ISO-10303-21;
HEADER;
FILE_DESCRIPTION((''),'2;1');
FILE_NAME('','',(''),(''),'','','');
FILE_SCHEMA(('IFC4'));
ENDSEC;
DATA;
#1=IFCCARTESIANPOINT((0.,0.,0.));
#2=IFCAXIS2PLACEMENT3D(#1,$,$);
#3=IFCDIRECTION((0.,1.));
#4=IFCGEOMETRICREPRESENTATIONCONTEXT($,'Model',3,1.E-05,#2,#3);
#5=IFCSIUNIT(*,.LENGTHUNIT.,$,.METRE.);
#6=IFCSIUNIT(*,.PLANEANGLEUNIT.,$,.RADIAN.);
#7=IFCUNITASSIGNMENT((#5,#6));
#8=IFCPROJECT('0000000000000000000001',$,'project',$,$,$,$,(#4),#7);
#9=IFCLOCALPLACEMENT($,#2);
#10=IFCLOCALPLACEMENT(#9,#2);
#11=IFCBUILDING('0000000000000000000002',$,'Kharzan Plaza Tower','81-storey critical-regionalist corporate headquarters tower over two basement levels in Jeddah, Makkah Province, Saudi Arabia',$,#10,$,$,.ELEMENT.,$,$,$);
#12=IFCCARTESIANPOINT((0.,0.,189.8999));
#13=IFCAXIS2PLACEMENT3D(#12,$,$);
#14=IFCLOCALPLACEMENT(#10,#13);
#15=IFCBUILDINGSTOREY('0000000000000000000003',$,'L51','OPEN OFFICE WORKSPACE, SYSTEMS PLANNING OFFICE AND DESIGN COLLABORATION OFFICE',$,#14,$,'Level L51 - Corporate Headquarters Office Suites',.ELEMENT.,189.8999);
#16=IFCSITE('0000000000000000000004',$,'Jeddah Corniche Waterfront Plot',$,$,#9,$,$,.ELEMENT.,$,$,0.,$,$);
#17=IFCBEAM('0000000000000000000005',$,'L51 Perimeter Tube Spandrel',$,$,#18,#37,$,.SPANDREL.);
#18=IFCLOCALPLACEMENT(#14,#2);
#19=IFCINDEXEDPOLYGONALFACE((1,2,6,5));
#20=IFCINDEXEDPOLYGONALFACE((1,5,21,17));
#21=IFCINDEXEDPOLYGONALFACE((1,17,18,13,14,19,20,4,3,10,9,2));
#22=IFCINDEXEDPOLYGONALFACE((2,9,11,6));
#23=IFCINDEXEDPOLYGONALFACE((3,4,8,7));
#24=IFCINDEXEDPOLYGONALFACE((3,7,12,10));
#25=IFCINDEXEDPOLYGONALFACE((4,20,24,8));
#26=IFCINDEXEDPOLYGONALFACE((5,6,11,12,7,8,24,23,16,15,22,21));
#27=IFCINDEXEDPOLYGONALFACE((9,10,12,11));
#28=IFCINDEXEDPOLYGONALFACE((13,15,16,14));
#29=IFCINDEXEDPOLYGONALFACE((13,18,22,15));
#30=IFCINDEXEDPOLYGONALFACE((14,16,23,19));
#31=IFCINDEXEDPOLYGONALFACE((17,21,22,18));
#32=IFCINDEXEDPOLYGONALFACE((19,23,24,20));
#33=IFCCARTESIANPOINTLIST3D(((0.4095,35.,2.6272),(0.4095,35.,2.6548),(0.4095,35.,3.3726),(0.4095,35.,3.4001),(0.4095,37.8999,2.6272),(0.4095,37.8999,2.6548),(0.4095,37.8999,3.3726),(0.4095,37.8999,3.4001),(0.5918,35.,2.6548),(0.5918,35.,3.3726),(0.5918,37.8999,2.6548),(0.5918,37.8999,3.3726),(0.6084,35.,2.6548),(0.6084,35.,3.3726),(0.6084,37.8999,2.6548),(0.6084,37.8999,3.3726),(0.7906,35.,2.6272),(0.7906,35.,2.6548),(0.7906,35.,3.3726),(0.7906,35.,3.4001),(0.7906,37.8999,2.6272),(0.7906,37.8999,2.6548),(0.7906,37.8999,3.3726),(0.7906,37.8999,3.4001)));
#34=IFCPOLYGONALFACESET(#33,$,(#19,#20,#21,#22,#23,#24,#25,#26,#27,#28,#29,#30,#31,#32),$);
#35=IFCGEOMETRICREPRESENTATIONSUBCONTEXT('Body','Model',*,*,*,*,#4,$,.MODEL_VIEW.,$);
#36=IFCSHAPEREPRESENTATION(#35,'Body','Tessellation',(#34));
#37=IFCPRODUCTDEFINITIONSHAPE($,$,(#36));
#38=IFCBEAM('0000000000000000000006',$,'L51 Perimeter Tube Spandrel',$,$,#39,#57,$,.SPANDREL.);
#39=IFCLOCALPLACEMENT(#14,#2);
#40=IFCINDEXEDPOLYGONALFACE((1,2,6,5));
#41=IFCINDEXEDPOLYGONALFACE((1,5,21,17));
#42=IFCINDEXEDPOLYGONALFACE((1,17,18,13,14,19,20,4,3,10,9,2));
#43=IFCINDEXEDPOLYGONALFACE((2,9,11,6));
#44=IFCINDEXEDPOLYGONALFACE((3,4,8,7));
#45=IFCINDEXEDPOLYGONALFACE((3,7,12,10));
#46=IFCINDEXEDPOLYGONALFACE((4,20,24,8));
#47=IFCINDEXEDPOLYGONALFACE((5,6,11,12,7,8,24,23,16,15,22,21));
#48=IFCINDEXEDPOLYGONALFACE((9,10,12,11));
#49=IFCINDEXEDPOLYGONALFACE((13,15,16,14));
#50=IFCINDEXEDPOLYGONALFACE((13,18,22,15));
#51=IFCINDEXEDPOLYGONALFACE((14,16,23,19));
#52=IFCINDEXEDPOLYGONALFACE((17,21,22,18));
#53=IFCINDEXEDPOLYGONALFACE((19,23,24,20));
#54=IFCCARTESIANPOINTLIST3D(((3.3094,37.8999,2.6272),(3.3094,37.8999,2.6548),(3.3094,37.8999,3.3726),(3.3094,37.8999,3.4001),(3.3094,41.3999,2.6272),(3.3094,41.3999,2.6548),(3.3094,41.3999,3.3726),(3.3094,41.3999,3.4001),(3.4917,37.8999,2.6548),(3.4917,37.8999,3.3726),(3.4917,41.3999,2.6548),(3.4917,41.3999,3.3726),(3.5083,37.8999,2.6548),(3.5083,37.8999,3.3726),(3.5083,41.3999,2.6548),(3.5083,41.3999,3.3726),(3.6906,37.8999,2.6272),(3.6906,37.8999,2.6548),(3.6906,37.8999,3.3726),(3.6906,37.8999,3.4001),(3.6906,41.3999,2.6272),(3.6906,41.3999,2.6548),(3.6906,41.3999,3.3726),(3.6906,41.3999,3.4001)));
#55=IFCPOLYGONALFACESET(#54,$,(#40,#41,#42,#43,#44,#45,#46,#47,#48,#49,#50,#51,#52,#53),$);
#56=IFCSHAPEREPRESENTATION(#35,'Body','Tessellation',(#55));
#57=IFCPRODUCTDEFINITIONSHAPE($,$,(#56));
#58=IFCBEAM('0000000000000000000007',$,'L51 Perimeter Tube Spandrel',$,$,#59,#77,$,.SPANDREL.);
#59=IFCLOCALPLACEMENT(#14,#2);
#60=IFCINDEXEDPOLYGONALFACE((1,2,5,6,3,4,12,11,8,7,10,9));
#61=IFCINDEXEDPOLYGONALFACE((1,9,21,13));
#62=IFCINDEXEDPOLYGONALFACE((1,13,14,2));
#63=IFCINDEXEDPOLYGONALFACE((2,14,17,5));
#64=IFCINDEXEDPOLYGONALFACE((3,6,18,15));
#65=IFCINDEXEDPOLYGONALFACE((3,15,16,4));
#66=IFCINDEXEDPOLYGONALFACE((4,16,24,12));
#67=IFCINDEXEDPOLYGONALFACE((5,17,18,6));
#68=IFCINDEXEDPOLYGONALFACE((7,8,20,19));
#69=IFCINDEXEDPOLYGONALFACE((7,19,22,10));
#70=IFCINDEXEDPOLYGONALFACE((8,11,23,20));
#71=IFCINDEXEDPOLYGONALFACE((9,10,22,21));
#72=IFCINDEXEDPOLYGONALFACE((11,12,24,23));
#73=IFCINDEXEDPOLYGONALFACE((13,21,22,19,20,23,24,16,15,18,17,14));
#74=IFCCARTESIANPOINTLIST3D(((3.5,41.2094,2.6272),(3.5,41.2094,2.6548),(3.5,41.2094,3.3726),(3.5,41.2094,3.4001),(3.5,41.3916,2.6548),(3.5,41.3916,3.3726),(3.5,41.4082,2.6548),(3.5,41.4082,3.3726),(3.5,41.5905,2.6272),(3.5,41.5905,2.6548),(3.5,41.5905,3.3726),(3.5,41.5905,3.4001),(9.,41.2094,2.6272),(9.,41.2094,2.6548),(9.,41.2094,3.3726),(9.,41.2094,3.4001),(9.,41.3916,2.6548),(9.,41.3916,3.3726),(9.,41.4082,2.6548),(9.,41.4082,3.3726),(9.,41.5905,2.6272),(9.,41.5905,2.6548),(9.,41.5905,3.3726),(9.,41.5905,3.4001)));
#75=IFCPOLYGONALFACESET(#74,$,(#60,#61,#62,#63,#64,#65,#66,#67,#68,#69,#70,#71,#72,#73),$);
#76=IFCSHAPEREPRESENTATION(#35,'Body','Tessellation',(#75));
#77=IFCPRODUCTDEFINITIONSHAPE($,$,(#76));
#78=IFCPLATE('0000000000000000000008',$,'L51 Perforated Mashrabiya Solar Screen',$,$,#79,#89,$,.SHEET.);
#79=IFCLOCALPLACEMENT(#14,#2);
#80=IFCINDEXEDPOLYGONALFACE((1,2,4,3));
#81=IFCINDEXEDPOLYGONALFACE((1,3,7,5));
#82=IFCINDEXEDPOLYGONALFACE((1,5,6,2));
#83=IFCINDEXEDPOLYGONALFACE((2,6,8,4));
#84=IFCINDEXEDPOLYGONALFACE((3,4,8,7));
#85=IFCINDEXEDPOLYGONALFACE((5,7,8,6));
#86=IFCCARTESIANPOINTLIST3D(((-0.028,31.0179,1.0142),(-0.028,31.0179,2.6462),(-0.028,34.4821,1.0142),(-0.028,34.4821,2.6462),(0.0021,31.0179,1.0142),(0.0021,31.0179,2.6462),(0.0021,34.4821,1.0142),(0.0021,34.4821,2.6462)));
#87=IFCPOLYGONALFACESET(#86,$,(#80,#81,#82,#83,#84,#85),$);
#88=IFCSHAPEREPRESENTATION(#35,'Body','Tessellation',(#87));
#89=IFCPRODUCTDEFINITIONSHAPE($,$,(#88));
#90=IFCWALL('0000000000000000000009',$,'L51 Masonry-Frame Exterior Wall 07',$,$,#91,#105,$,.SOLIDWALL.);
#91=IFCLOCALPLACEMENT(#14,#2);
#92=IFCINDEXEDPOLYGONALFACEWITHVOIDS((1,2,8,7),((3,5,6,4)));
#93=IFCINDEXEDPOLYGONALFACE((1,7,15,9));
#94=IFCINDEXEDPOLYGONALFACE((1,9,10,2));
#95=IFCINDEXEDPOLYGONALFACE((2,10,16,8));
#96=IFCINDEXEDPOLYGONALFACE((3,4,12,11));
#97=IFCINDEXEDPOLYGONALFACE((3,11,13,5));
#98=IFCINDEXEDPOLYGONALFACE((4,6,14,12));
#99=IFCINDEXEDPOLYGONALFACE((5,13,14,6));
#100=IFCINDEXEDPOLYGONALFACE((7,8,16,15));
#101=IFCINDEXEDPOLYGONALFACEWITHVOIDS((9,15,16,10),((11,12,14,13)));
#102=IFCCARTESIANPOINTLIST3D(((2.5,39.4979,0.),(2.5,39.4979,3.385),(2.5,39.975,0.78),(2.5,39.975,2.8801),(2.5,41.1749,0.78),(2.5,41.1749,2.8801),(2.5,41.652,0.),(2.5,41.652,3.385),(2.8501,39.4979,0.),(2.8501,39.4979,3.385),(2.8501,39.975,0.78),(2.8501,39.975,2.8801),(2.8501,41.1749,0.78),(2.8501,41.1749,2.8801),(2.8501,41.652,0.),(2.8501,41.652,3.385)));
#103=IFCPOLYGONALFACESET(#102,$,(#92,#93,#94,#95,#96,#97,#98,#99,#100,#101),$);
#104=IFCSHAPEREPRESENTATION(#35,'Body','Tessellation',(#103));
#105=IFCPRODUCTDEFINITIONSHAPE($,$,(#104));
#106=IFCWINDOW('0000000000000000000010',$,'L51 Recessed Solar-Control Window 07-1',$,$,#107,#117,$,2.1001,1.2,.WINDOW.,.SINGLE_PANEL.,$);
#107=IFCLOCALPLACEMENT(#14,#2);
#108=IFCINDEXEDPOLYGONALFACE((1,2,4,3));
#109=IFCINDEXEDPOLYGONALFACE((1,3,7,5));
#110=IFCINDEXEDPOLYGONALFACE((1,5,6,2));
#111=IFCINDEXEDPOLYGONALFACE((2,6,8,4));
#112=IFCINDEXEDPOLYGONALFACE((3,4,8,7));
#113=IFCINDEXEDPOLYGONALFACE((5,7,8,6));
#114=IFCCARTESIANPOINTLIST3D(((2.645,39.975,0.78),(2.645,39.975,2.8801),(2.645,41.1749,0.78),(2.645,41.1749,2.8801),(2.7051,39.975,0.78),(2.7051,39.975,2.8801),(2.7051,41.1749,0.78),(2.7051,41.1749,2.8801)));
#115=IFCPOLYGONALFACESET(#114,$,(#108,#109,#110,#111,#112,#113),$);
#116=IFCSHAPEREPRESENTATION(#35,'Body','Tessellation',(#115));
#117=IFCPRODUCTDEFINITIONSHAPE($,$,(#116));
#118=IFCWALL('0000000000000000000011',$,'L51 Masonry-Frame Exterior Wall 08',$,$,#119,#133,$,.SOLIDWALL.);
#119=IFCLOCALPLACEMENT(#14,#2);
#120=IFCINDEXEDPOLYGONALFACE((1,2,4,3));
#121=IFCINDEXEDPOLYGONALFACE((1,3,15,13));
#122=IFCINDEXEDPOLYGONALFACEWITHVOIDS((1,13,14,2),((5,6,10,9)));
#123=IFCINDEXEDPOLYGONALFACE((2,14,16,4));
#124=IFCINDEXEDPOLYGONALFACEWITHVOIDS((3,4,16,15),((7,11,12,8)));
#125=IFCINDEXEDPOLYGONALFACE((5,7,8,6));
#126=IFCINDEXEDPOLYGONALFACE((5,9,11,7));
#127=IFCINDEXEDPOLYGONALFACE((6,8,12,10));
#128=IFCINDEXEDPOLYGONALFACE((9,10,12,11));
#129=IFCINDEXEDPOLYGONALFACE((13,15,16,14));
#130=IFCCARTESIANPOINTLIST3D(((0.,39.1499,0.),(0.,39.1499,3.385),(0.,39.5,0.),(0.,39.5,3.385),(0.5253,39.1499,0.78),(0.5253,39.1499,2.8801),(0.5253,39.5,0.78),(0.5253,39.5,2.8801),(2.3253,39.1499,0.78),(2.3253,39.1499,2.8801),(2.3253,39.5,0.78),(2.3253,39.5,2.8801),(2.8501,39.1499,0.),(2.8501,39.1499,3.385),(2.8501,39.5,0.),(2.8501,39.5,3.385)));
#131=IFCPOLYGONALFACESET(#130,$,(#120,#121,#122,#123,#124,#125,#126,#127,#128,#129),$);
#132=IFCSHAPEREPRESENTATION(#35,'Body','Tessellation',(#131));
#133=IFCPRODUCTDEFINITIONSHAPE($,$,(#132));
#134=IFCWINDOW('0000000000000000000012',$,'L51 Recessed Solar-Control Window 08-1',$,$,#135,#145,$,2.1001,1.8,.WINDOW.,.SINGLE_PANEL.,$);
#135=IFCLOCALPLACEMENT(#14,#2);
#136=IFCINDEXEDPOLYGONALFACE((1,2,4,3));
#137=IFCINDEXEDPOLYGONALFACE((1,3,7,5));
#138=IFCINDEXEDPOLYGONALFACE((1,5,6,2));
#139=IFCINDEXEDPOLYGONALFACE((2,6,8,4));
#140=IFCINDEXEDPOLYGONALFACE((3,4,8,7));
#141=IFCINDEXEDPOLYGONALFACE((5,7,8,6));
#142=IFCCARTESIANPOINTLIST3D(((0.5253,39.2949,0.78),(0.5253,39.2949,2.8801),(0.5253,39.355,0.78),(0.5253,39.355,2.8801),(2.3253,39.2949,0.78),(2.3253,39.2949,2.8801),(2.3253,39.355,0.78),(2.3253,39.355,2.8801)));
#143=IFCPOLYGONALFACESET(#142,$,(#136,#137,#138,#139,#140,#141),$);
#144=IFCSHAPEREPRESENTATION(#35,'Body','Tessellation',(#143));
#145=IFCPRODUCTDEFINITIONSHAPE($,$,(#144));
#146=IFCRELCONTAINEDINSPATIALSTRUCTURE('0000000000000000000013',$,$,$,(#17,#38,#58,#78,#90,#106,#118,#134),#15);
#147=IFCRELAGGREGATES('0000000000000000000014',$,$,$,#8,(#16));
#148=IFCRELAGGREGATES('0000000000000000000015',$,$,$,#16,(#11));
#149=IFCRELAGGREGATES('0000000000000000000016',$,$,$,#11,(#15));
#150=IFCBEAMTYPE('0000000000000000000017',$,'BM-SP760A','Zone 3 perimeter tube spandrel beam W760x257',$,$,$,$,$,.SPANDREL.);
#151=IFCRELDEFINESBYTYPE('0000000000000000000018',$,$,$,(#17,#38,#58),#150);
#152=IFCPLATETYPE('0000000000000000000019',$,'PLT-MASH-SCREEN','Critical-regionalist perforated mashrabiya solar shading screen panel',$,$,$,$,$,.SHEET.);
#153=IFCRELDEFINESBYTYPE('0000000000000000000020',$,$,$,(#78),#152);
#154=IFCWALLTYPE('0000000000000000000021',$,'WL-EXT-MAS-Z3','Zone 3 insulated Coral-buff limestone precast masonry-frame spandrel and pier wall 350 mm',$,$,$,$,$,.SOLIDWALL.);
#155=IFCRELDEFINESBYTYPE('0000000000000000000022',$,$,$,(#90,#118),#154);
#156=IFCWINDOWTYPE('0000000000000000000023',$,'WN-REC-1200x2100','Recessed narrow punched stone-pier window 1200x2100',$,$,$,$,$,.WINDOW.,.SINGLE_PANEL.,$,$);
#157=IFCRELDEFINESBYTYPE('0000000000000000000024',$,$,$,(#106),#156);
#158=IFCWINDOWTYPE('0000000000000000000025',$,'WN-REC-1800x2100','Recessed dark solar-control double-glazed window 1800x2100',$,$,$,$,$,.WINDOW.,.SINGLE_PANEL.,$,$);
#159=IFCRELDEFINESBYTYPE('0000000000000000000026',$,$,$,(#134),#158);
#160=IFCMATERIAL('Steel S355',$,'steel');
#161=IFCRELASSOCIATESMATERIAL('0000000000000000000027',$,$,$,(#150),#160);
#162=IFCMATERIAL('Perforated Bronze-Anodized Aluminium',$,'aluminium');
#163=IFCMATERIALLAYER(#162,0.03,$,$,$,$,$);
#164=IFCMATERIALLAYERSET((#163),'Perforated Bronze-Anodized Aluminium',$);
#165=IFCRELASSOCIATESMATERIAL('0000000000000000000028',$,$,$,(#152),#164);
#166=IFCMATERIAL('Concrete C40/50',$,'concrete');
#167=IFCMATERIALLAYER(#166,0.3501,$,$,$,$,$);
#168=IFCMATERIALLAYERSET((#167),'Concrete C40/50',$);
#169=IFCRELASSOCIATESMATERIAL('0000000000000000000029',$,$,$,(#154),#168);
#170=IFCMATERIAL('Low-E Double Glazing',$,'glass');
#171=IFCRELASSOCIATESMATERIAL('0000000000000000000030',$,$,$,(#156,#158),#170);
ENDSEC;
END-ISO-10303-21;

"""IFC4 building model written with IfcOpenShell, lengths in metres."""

from ifc_helpers import new_model, si_unit, direction, frame, frame_2d, origin, origin_2d, place, context, subcontext, project, spatial, rectangle, i_section, extrude, source, transform, mapped, material, layer, layer_set, material_profile, profile_set, type_object, element, fill, save


model = new_model("IFC4")

# Units and contexts
model_context = context("Model", 3, precision=1e-05, world=origin(), true_north=direction((0.0, 1.0)))
body_context = subcontext(model_context, "Body", "Model", "MODEL_VIEW")
ifc_project = project(units=[si_unit("LENGTHUNIT", "METRE"), si_unit("PLANEANGLEUNIT", "RADIAN")], contexts=[model_context])

# Site, building, storey
site_placement = place(None, origin())
site = spatial("IfcSite", under=ifc_project, at=site_placement, Name="Jeddah Corniche Waterfront Plot", CompositionType="ELEMENT", RefElevation=0.0)
building_placement = place(site_placement, origin())
building = spatial("IfcBuilding", under=site, at=building_placement, Name="Kharzan Plaza Tower", Description="81-storey critical-regionalist corporate headquarters tower over two basement levels in Jeddah, Makkah Province, Saudi Arabia", CompositionType="ELEMENT")
storey_placement = place(building_placement, frame((0.0, 0.0, 189.8999)))
storey = spatial("IfcBuildingStorey", under=building, at=storey_placement, Name="L51", Description="OPEN OFFICE WORKSPACE, SYSTEMS PLANNING OFFICE AND DESIGN COLLABORATION OFFICE", LongName="Level L51 - Corporate Headquarters Office Suites", CompositionType="ELEMENT", Elevation=189.8999)

# Beams
ifc_material_1 = material(Name="Steel S355", Category="steel")
ifc_material_profile_1 = material_profile(ifc_material_1, i_section(OverallWidth=0.3811, OverallDepth=0.7729, WebThickness=0.0166, FlangeThickness=0.0276, at=origin_2d()), Name="W760x257")
ifc_profile_set_1 = profile_set([ifc_material_profile_1], Name="Steel S355")
beam_type_1 = type_object("IfcBeamType", Name="BM-SP760A", Description="Zone 3 perimeter tube spandrel beam W760x257", PredefinedType="SPANDREL", material=ifc_profile_set_1)
shared_shape_1 = source(origin(), body_context, "Body", "SweptSolid", [
    extrude(i_section(OverallWidth=0.3811, OverallDepth=0.7729, WebThickness=0.0166, FlangeThickness=0.0276, at=origin_2d()), origin(), (0.0, 0.0, 1.0), 2.8999),
])
beam_1_placement = place(storey_placement, frame((0.6001, 35.0, 3.0137), z_axis=(0.0, 1.0, 0.0), x_axis=(-1.0, 0.0, 0.0)))
element("IfcBeam", 1, at=beam_1_placement, inside=storey, type_object=beam_type_1, Name="L51 Perimeter Tube Spandrel", PredefinedType="SPANDREL", context=body_context, shape_type="MappedRepresentation", body=[
    mapped(shared_shape_1, transform((0.0, 0.0, 0.0), x_axis=(1.0, 0.0, 0.0), y_axis=(0.0, 1.0, 0.0), z_axis=(0.0, 0.0, 1.0))),
])
shared_shape_2 = source(origin(), body_context, "Body", "SweptSolid", [
    extrude(i_section(OverallWidth=0.3811, OverallDepth=0.7729, WebThickness=0.0166, FlangeThickness=0.0276, at=origin_2d()), origin(), (0.0, 0.0, 1.0), 3.5),
])
beam_2_placement = place(storey_placement, frame((3.5, 37.8999, 3.0137), z_axis=(0.0, 1.0, 0.0), x_axis=(-1.0, 0.0, 0.0)))
element("IfcBeam", 2, at=beam_2_placement, inside=storey, type_object=beam_type_1, Name="L51 Perimeter Tube Spandrel", PredefinedType="SPANDREL", context=body_context, shape_type="MappedRepresentation", body=[
    mapped(shared_shape_2, transform((0.0, 0.0, 0.0), x_axis=(1.0, 0.0, 0.0), y_axis=(0.0, 1.0, 0.0), z_axis=(0.0, 0.0, 1.0))),
])
shared_shape_3 = source(origin(), body_context, "Body", "SweptSolid", [
    extrude(i_section(OverallWidth=0.3811, OverallDepth=0.7729, WebThickness=0.0166, FlangeThickness=0.0276, at=origin_2d()), origin(), (0.0, 0.0, 1.0), 5.5),
])
beam_3_placement = place(storey_placement, frame((3.5, 41.3999, 3.0137), z_axis=(1.0, 0.0, 0.0), x_axis=(0.0, 1.0, 0.0)))
element("IfcBeam", 3, at=beam_3_placement, inside=storey, type_object=beam_type_1, Name="L51 Perimeter Tube Spandrel", PredefinedType="SPANDREL", context=body_context, shape_type="MappedRepresentation", body=[
    mapped(shared_shape_3, transform((0.0, 0.0, 0.0), x_axis=(1.0, 0.0, 0.0), y_axis=(0.0, 1.0, 0.0), z_axis=(0.0, 0.0, 1.0))),
])

# Plate
ifc_material_2 = material(Name="Perforated Bronze-Anodized Aluminium", Category="aluminium")
ifc_layer_1 = layer(ifc_material_2, 0.03)
ifc_layer_set_1 = layer_set([ifc_layer_1], Name="Perforated Bronze-Anodized Aluminium")
plate_type = type_object("IfcPlateType", Name="PLT-MASH-SCREEN", Description="Critical-regionalist perforated mashrabiya solar shading screen panel", PredefinedType="SHEET", material=ifc_layer_set_1)
shared_shape_4 = source(origin(), body_context, "Body", "SweptSolid", [
    extrude(rectangle(XDim=3.4641, YDim=0.03, at=origin_2d()), origin(), (0.0, 0.0, 1.0), 1.6321),
])
plate_placement = place(storey_placement, frame((-0.0129, 32.75, 1.0142), z_axis=(0.0, 0.0, 1.0), x_axis=(0.0, -1.0, 0.0)))
element("IfcPlate", 4, at=plate_placement, inside=storey, type_object=plate_type, Name="L51 Perforated Mashrabiya Solar Screen", PredefinedType="SHEET", context=body_context, shape_type="MappedRepresentation", body=[
    mapped(shared_shape_4, transform((0.0, 0.0, 0.0), x_axis=(1.0, 0.0, 0.0), y_axis=(0.0, 1.0, 0.0), z_axis=(0.0, 0.0, 1.0))),
])

# Walls, openings, windows
ifc_material_3 = material(Name="Concrete C40/50", Category="concrete")
ifc_layer_2 = layer(ifc_material_3, 0.3501)
ifc_layer_set_2 = layer_set([ifc_layer_2], Name="Concrete C40/50")
wall_type_1 = type_object("IfcWallType", Name="WL-EXT-MAS-Z3", Description="Zone 3 insulated Coral-buff limestone precast masonry-frame spandrel and pier wall 350 mm", PredefinedType="SOLIDWALL", material=ifc_layer_set_2)
wall_1_placement = place(storey_placement, frame((2.675, 41.6521, 0.0), z_axis=(0.0, 0.0, 1.0), x_axis=(0.0, -1.0, 0.0)))
wall_1 = element("IfcWall", 5, at=wall_1_placement, inside=storey, type_object=wall_type_1, Name="L51 Masonry-Frame Exterior Wall 07", PredefinedType="SOLIDWALL", context=body_context, shape_type="SweptSolid", body=[
    extrude(rectangle(XDim=2.1541, YDim=0.3501, at=frame_2d((1.0771, 0.0))), origin(), (0.0, 0.0, 1.0), 3.385),
])
opening_1_placement = place(wall_1_placement, frame((0.4771, 0.0, 0.78)))
opening_1 = element("IfcOpeningElement", 6, at=opening_1_placement, cuts=wall_1, PredefinedType="OPENING", context=body_context, shape_type="SweptSolid", body=[
    extrude(rectangle(XDim=1.2, YDim=2.1001, at=frame_2d((0.6001, 1.05))), frame((0.0, 0.1851, 0.0), z_axis=(0.0, -1.0, 0.0), x_axis=(1.0, 0.0, 0.0)), (0.0, 0.0, 1.0), 0.3701),
])
ifc_material_4 = material(Name="Low-E Double Glazing", Category="glass")
window_type_1 = type_object("IfcWindowType", Name="WN-REC-1200x2100", Description="Recessed narrow punched stone-pier window 1200x2100", PartitioningType="SINGLE_PANEL", PredefinedType="WINDOW", material=ifc_material_4)
shared_shape_5 = source(origin(), body_context, "Body", "SweptSolid", [
    extrude(rectangle(XDim=1.2, YDim=2.1001, at=frame_2d((0.6001, 1.05))), frame((0.0, 0.03, 0.0), z_axis=(0.0, -1.0, 0.0), x_axis=(1.0, 0.0, 0.0)), (0.0, 0.0, 1.0), 0.0601),
])
window_1_placement = place(opening_1_placement, origin())
window_1 = element("IfcWindow", 7, at=window_1_placement, inside=storey, type_object=window_type_1, Name="L51 Recessed Solar-Control Window 07-1", OverallHeight=2.1001, OverallWidth=1.2, PartitioningType="SINGLE_PANEL", PredefinedType="WINDOW", context=body_context, shape_type="MappedRepresentation", body=[
    mapped(shared_shape_5, transform((0.0, 0.0, 0.0), x_axis=(1.0, 0.0, 0.0), y_axis=(0.0, 1.0, 0.0), z_axis=(0.0, 0.0, 1.0))),
])
fill(opening_1, window_1)
wall_2_placement = place(storey_placement, frame((2.8501, 39.325, 0.0), z_axis=(0.0, 0.0, 1.0), x_axis=(-1.0, 0.0, 0.0)))
wall_2 = element("IfcWall", 8, at=wall_2_placement, inside=storey, type_object=wall_type_1, Name="L51 Masonry-Frame Exterior Wall 08", PredefinedType="SOLIDWALL", context=body_context, shape_type="SweptSolid", body=[
    extrude(rectangle(XDim=2.8501, YDim=0.3501, at=frame_2d((1.425, 0.0))), origin(), (0.0, 0.0, 1.0), 3.385),
])
opening_2_placement = place(wall_2_placement, frame((0.5249, 0.0, 0.78)))
opening_2 = element("IfcOpeningElement", 9, at=opening_2_placement, cuts=wall_2, PredefinedType="OPENING", context=body_context, shape_type="SweptSolid", body=[
    extrude(rectangle(XDim=1.8, YDim=2.1001, at=frame_2d((0.8999, 1.05))), frame((0.0, 0.1851, 0.0), z_axis=(0.0, -1.0, 0.0), x_axis=(1.0, 0.0, 0.0)), (0.0, 0.0, 1.0), 0.3701),
])
window_type_2 = type_object("IfcWindowType", Name="WN-REC-1800x2100", Description="Recessed dark solar-control double-glazed window 1800x2100", PartitioningType="SINGLE_PANEL", PredefinedType="WINDOW", material=ifc_material_4)
shared_shape_6 = source(origin(), body_context, "Body", "SweptSolid", [
    extrude(rectangle(XDim=1.8, YDim=2.1001, at=frame_2d((0.8999, 1.05))), frame((0.0, 0.03, 0.0), z_axis=(0.0, -1.0, 0.0), x_axis=(1.0, 0.0, 0.0)), (0.0, 0.0, 1.0), 0.0601),
])
window_2_placement = place(opening_2_placement, origin())
window_2 = element("IfcWindow", 10, at=window_2_placement, inside=storey, type_object=window_type_2, Name="L51 Recessed Solar-Control Window 08-1", OverallHeight=2.1001, OverallWidth=1.8, PartitioningType="SINGLE_PANEL", PredefinedType="WINDOW", context=body_context, shape_type="MappedRepresentation", body=[
    mapped(shared_shape_6, transform((0.0, 0.0, 0.0), x_axis=(1.0, 0.0, 0.0), y_axis=(0.0, 1.0, 0.0), z_axis=(0.0, 0.0, 1.0))),
])
fill(opening_2, window_2)

save(model, "model.ifc")
